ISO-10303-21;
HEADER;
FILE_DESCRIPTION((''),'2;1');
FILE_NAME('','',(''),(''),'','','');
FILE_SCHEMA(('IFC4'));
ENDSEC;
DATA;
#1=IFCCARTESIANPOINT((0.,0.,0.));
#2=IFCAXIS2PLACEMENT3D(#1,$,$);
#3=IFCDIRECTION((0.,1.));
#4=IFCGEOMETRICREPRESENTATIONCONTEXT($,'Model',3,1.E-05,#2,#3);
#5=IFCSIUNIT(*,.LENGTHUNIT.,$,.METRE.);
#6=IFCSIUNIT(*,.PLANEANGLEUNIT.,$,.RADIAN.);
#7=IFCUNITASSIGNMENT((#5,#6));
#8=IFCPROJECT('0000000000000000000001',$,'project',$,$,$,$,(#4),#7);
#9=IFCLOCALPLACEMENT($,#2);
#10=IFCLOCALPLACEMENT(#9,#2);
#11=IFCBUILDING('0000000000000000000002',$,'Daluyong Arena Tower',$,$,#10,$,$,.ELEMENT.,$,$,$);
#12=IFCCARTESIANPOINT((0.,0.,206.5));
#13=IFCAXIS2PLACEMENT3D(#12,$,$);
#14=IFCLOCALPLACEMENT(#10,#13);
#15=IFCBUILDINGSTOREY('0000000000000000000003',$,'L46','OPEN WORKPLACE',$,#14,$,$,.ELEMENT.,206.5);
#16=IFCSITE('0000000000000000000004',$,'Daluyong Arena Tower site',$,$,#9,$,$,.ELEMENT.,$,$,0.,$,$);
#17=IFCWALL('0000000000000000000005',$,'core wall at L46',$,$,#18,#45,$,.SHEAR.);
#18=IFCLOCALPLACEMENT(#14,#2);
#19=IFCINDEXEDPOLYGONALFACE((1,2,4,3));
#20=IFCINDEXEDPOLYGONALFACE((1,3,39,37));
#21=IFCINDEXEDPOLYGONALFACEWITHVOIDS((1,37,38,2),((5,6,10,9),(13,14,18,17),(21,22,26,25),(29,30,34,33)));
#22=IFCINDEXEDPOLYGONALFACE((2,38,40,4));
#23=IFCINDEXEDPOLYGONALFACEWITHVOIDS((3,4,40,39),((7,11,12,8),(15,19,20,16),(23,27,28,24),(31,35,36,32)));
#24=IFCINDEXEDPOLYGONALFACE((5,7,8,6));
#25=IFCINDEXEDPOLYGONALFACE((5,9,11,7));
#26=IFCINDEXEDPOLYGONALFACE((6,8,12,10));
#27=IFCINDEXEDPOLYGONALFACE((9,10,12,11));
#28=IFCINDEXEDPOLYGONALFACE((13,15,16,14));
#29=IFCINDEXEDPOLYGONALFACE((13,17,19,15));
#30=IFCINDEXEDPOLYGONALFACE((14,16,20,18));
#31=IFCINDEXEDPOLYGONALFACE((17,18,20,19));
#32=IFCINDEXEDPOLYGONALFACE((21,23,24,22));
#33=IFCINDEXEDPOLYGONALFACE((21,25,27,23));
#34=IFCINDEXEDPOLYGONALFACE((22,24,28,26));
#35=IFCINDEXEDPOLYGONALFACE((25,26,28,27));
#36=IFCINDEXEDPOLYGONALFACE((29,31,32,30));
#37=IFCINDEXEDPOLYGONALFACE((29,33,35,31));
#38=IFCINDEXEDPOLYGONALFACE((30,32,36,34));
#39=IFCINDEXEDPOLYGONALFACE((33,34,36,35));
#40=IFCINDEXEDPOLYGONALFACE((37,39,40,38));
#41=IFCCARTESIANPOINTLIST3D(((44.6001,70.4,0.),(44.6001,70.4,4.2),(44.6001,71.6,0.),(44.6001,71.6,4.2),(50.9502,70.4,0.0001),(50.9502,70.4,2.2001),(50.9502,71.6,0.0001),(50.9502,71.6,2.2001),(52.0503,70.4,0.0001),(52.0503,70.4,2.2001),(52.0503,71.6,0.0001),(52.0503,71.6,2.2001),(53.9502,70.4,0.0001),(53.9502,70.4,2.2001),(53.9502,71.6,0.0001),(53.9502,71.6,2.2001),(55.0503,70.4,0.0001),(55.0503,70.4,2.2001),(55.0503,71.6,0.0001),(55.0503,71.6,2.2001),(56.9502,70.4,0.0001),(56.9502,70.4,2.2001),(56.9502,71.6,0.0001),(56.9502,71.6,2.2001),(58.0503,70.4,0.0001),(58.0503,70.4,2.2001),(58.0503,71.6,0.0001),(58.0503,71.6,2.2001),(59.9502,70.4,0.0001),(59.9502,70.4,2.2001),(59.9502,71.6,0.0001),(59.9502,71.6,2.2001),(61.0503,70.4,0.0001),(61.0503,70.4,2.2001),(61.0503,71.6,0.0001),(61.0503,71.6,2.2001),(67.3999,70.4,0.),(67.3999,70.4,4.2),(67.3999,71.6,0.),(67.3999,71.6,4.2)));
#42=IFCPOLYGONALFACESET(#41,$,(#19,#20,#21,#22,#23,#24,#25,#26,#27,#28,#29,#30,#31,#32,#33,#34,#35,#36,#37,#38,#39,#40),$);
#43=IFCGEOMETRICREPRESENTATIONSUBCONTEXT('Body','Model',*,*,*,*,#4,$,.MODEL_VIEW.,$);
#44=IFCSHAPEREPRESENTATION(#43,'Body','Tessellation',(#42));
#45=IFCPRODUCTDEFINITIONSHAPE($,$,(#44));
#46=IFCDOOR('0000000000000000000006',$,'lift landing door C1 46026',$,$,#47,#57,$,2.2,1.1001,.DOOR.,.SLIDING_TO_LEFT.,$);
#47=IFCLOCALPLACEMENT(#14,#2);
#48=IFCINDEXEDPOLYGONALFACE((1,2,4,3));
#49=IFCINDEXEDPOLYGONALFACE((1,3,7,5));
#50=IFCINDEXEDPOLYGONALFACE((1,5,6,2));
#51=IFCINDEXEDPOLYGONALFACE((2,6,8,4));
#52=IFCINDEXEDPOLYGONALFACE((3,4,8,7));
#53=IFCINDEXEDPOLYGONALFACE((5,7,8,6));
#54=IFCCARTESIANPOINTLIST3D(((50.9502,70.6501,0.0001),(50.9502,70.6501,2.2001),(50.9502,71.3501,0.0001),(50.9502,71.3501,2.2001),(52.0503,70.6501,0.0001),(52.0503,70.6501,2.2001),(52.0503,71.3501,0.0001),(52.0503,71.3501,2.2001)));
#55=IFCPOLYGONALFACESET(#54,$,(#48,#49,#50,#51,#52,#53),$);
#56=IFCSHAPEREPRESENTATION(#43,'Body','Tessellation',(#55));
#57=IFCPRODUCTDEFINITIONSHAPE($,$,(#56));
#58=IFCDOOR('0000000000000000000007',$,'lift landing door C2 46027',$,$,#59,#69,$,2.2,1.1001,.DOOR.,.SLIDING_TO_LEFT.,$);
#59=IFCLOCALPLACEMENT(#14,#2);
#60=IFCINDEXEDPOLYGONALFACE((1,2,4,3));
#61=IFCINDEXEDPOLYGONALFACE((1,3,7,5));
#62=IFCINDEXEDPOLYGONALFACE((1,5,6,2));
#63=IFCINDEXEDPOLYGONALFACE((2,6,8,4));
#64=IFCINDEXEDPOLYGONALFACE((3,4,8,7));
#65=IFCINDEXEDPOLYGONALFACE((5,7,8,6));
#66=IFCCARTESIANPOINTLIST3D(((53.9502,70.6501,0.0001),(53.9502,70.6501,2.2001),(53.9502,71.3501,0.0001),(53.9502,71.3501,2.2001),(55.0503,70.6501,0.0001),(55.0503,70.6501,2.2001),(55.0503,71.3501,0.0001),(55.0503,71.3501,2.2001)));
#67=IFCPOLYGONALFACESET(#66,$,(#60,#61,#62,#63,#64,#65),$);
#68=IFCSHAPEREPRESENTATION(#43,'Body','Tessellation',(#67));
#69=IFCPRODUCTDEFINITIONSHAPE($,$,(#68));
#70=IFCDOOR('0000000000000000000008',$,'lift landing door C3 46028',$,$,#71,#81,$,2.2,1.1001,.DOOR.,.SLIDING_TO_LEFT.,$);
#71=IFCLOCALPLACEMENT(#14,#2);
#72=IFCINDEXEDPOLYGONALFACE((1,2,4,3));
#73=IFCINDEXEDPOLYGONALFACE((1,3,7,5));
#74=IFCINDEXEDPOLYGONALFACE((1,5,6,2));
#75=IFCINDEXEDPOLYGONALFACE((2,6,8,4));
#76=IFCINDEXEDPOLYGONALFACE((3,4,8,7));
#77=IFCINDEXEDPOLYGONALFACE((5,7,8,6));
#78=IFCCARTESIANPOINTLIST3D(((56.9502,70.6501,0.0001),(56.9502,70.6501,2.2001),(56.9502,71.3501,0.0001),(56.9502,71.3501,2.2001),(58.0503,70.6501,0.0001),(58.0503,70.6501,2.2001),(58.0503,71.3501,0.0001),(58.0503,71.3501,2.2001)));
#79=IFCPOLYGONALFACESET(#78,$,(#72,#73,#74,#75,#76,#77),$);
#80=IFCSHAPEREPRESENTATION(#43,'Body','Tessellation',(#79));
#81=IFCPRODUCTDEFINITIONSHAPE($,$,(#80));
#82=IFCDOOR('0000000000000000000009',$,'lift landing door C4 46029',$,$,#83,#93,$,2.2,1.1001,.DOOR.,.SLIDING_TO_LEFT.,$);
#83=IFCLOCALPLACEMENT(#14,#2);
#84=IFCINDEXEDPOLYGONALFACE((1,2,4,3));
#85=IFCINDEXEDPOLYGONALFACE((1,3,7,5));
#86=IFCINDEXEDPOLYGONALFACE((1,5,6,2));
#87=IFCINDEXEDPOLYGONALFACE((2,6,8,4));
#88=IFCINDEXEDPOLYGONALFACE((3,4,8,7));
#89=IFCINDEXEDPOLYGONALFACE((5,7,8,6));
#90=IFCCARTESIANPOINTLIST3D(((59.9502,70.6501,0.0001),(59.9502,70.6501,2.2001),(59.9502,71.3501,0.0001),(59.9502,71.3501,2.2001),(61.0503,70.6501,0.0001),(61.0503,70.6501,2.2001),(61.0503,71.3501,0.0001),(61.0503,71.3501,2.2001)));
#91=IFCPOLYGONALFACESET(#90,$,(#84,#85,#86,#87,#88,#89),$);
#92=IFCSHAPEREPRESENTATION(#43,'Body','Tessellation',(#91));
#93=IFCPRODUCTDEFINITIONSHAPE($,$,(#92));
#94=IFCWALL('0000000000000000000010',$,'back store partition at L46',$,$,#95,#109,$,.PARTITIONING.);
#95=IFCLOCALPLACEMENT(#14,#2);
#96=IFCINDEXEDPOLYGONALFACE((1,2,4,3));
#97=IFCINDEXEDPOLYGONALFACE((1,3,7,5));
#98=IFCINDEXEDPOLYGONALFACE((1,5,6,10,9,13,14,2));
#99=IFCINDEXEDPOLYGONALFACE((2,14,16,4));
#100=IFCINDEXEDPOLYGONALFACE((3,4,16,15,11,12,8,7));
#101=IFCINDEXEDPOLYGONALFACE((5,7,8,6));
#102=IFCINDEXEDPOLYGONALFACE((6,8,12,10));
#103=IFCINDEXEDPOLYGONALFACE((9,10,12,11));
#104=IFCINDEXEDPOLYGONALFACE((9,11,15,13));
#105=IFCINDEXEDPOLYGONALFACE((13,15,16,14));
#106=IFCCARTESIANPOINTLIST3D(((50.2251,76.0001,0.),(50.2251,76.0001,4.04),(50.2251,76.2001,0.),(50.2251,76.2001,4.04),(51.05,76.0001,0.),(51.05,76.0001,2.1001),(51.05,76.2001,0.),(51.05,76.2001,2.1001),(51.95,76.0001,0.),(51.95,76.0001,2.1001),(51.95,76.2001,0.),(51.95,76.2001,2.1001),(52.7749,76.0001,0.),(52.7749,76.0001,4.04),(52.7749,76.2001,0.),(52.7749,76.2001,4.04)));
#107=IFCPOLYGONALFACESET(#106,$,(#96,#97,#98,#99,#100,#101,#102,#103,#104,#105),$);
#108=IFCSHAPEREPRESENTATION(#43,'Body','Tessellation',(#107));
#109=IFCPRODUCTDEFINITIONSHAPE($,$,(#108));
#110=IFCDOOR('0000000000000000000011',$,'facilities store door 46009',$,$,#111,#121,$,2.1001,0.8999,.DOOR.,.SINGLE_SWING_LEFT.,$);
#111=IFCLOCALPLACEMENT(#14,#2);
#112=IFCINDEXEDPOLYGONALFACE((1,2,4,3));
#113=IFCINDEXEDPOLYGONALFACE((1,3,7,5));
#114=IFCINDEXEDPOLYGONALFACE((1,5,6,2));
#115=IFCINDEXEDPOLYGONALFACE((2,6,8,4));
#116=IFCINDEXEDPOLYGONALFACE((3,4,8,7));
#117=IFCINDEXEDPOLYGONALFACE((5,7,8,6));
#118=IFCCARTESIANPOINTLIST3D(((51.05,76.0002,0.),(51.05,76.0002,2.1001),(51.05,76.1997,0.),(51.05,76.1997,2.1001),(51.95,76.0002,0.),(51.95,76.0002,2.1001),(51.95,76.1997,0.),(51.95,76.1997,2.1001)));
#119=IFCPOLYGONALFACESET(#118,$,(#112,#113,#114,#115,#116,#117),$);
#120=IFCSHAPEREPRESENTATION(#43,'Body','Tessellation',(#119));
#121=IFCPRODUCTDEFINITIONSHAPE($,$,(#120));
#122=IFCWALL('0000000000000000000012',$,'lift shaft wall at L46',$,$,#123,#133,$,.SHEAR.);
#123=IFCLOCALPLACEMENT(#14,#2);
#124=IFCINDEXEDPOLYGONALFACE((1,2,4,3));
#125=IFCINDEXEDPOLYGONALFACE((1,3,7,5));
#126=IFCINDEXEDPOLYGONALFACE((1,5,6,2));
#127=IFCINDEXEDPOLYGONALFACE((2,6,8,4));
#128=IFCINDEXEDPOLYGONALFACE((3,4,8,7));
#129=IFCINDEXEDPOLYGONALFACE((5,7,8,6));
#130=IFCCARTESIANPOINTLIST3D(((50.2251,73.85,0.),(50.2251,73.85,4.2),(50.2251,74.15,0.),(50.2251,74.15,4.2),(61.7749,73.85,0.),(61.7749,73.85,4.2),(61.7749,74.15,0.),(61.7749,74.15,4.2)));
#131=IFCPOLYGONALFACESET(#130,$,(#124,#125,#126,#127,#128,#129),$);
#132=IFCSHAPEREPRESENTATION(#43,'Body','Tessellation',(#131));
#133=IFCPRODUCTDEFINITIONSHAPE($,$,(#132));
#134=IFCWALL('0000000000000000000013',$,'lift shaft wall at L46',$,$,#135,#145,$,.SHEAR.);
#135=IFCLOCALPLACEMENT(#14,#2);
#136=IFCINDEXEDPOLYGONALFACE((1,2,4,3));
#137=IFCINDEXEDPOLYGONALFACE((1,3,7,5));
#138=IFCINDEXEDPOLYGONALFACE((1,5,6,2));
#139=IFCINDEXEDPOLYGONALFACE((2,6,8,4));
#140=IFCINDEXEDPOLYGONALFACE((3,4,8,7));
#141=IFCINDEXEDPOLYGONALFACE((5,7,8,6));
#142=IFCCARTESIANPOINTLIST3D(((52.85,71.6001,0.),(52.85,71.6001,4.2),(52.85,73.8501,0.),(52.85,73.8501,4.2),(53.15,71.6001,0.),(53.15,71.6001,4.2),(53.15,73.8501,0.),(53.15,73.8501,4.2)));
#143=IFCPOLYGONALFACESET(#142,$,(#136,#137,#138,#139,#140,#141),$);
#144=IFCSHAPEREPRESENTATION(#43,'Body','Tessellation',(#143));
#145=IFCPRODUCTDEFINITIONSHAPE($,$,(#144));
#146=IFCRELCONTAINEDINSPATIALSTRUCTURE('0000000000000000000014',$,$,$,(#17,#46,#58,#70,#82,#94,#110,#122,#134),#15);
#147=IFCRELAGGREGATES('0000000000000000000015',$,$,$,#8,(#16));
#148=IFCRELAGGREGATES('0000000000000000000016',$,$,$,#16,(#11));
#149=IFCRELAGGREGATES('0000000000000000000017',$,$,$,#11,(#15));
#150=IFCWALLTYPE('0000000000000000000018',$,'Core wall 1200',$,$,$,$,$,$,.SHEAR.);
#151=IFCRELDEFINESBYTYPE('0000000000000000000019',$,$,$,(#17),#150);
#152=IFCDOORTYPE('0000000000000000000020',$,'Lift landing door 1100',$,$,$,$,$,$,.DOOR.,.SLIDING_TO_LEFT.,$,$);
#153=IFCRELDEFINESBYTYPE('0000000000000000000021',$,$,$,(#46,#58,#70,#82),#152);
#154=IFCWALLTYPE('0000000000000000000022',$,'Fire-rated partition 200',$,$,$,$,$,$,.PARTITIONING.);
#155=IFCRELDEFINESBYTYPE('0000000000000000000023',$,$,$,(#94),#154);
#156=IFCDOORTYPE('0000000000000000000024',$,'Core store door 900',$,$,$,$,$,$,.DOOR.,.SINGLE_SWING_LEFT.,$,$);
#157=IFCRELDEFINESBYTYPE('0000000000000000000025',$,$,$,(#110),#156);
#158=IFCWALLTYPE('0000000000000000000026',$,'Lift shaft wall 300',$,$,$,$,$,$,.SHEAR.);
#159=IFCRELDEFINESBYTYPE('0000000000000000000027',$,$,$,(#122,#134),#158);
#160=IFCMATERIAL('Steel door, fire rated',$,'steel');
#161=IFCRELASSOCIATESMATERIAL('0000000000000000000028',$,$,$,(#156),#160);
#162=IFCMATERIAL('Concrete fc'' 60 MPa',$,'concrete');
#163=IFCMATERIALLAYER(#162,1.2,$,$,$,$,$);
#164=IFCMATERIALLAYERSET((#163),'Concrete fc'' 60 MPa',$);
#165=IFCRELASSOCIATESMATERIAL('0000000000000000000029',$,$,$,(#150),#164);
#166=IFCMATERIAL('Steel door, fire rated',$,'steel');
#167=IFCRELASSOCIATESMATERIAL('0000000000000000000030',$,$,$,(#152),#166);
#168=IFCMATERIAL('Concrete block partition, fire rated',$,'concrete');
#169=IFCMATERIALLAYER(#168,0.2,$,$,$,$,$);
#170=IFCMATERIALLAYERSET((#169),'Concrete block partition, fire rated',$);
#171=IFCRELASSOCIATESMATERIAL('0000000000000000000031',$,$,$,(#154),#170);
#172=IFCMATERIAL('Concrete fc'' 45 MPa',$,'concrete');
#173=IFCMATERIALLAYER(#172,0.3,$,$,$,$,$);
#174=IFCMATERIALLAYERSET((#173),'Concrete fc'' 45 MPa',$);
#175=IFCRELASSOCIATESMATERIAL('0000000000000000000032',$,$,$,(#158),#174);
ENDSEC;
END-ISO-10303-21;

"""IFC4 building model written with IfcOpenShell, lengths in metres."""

from ifc_helpers import new_model, si_unit, direction, frame, frame_2d, origin, place, context, subcontext, project, spatial, rectangle, extrude, material, layer, layer_set, type_object, element, fill, save


model = new_model("IFC4")

# Units and contexts
model_context = context("Model", 3, precision=1e-05, world=origin(), true_north=direction((0.0, 1.0)))
body_context = subcontext(model_context, "Body", "Model", "MODEL_VIEW")
ifc_project = project(units=[si_unit("LENGTHUNIT", "METRE"), si_unit("PLANEANGLEUNIT", "RADIAN")], contexts=[model_context])

# Site, building, storey
site_placement = place(None, origin())
site = spatial("IfcSite", under=ifc_project, at=site_placement, Name="Daluyong Arena Tower site", CompositionType="ELEMENT", RefElevation=0.0)
building_placement = place(site_placement, origin())
building = spatial("IfcBuilding", under=site, at=building_placement, Name="Daluyong Arena Tower", CompositionType="ELEMENT")
storey_placement = place(building_placement, frame((0.0, 0.0, 206.5)))
storey = spatial("IfcBuildingStorey", under=building, at=storey_placement, Name="L46", Description="OPEN WORKPLACE", CompositionType="ELEMENT", Elevation=206.5)

# Wall, openings, doors
ifc_material_1 = material(Name="Steel door, fire rated", Category="steel")
door_type_1 = type_object("IfcDoorType", Name="Core store door 900", OperationType="SINGLE_SWING_LEFT", PredefinedType="DOOR", material=ifc_material_1)
ifc_material_2 = material(Name="Concrete fc' 60 MPa", Category="concrete")
ifc_layer_1 = layer(ifc_material_2, 1.2)
ifc_layer_set_1 = layer_set([ifc_layer_1], Name="Concrete fc' 60 MPa")
wall_type_1 = type_object("IfcWallType", Name="Core wall 1200", PredefinedType="SHEAR", material=ifc_layer_set_1)
wall_1_placement = place(storey_placement, frame((44.6001, 71.0, 0.0), z_axis=(0.0, 0.0, 1.0), x_axis=(1.0, 0.0, 0.0)))
wall_1 = element("IfcWall", 1, at=wall_1_placement, inside=storey, type_object=wall_type_1, Name="core wall at L46", PredefinedType="SHEAR", context=body_context, shape_type="SweptSolid", body=[
    extrude(rectangle(XDim=22.7998, YDim=1.2, at=frame_2d((11.3999, 0.0))), origin(), (0.0, 0.0, 1.0), 4.2),
])
opening_1_placement = place(wall_1_placement, frame((6.3501, 0.0, 0.0)))
opening_1 = element("IfcOpeningElement", 2, at=opening_1_placement, cuts=wall_1, PredefinedType="OPENING", context=body_context, shape_type="SweptSolid", body=[
    extrude(rectangle(XDim=1.1001, YDim=2.2, at=frame_2d((0.55, 1.1001))), frame((0.0, 0.6099, 0.0), z_axis=(0.0, -1.0, 0.0), x_axis=(1.0, 0.0, 0.0)), (0.0, 0.0, 1.0), 1.22),
])
opening_2_placement = place(wall_1_placement, frame((9.3501, 0.0, 0.0)))
opening_2 = element("IfcOpeningElement", 3, at=opening_2_placement, cuts=wall_1, PredefinedType="OPENING", context=body_context, shape_type="SweptSolid", body=[
    extrude(rectangle(XDim=1.1001, YDim=2.2, at=frame_2d((0.55, 1.1001))), frame((0.0, 0.6099, 0.0), z_axis=(0.0, -1.0, 0.0), x_axis=(1.0, 0.0, 0.0)), (0.0, 0.0, 1.0), 1.22),
])
opening_3_placement = place(wall_1_placement, frame((12.3501, 0.0, 0.0)))
opening_3 = element("IfcOpeningElement", 4, at=opening_3_placement, cuts=wall_1, PredefinedType="OPENING", context=body_context, shape_type="SweptSolid", body=[
    extrude(rectangle(XDim=1.1001, YDim=2.2, at=frame_2d((0.55, 1.1001))), frame((0.0, 0.6099, 0.0), z_axis=(0.0, -1.0, 0.0), x_axis=(1.0, 0.0, 0.0)), (0.0, 0.0, 1.0), 1.22),
])
opening_4_placement = place(wall_1_placement, frame((15.3501, 0.0, 0.0)))
opening_4 = element("IfcOpeningElement", 5, at=opening_4_placement, cuts=wall_1, PredefinedType="OPENING", context=body_context, shape_type="SweptSolid", body=[
    extrude(rectangle(XDim=1.1001, YDim=2.2, at=frame_2d((0.55, 1.1001))), frame((0.0, 0.6099, 0.0), z_axis=(0.0, -1.0, 0.0), x_axis=(1.0, 0.0, 0.0)), (0.0, 0.0, 1.0), 1.22),
])
ifc_material_3 = material(Name="Steel door, fire rated", Category="steel")
door_type_2 = type_object("IfcDoorType", Name="Lift landing door 1100", OperationType="SLIDING_TO_LEFT", PredefinedType="DOOR", material=ifc_material_3)
door_1_placement = place(opening_1_placement, origin())
door_1 = element("IfcDoor", 6, at=door_1_placement, inside=storey, type_object=door_type_2, Name="lift landing door C1 46026", OperationType="SLIDING_TO_LEFT", OverallHeight=2.2, OverallWidth=1.1001, PredefinedType="DOOR", context=body_context, shape_type="SweptSolid", body=[
    extrude(rectangle(XDim=1.1001, YDim=2.2, at=frame_2d((0.55, 1.1001))), frame((0.0, 0.3501, 0.0), z_axis=(0.0, -1.0, 0.0), x_axis=(1.0, 0.0, 0.0)), (0.0, 0.0, 1.0), 0.7),
])
fill(opening_1, door_1)
door_2_placement = place(opening_2_placement, origin())
door_2 = element("IfcDoor", 7, at=door_2_placement, inside=storey, type_object=door_type_2, Name="lift landing door C2 46027", OperationType="SLIDING_TO_LEFT", OverallHeight=2.2, OverallWidth=1.1001, PredefinedType="DOOR", context=body_context, shape_type="SweptSolid", body=[
    extrude(rectangle(XDim=1.1001, YDim=2.2, at=frame_2d((0.55, 1.1001))), frame((0.0, 0.3501, 0.0), z_axis=(0.0, -1.0, 0.0), x_axis=(1.0, 0.0, 0.0)), (0.0, 0.0, 1.0), 0.7),
])
fill(opening_2, door_2)
door_3_placement = place(opening_3_placement, origin())
door_3 = element("IfcDoor", 8, at=door_3_placement, inside=storey, type_object=door_type_2, Name="lift landing door C3 46028", OperationType="SLIDING_TO_LEFT", OverallHeight=2.2, OverallWidth=1.1001, PredefinedType="DOOR", context=body_context, shape_type="SweptSolid", body=[
    extrude(rectangle(XDim=1.1001, YDim=2.2, at=frame_2d((0.55, 1.1001))), frame((0.0, 0.3501, 0.0), z_axis=(0.0, -1.0, 0.0), x_axis=(1.0, 0.0, 0.0)), (0.0, 0.0, 1.0), 0.7),
])
fill(opening_3, door_3)
door_4_placement = place(opening_4_placement, origin())
door_4 = element("IfcDoor", 9, at=door_4_placement, inside=storey, type_object=door_type_2, Name="lift landing door C4 46029", OperationType="SLIDING_TO_LEFT", OverallHeight=2.2, OverallWidth=1.1001, PredefinedType="DOOR", context=body_context, shape_type="SweptSolid", body=[
    extrude(rectangle(XDim=1.1001, YDim=2.2, at=frame_2d((0.55, 1.1001))), frame((0.0, 0.3501, 0.0), z_axis=(0.0, -1.0, 0.0), x_axis=(1.0, 0.0, 0.0)), (0.0, 0.0, 1.0), 0.7),
])
fill(opening_4, door_4)

# Wall, opening, door
ifc_material_4 = material(Name="Concrete block partition, fire rated", Category="concrete")
ifc_layer_2 = layer(ifc_material_4, 0.2)
ifc_layer_set_2 = layer_set([ifc_layer_2], Name="Concrete block partition, fire rated")
wall_type_2 = type_object("IfcWallType", Name="Fire-rated partition 200", PredefinedType="PARTITIONING", material=ifc_layer_set_2)
wall_2_placement = place(storey_placement, frame((50.2251, 76.1001, 0.0), z_axis=(0.0, 0.0, 1.0), x_axis=(1.0, 0.0, 0.0)))
wall_2 = element("IfcWall", 10, at=wall_2_placement, inside=storey, type_object=wall_type_2, Name="back store partition at L46", PredefinedType="PARTITIONING", context=body_context, shape_type="SweptSolid", body=[
    extrude(rectangle(XDim=2.5498, YDim=0.2, at=frame_2d((1.2749, 0.0))), origin(), (0.0, 0.0, 1.0), 4.04),
])
opening_5_placement = place(wall_2_placement, frame((0.825, 0.0, 0.0)))
opening_5 = element("IfcOpeningElement", 11, at=opening_5_placement, cuts=wall_2, PredefinedType="OPENING", context=body_context, shape_type="SweptSolid", body=[
    extrude(rectangle(XDim=0.8999, YDim=2.1001, at=frame_2d((0.45, 1.05))), frame((0.0, 0.1099, 0.0), z_axis=(0.0, -1.0, 0.0), x_axis=(1.0, 0.0, 0.0)), (0.0, 0.0, 1.0), 0.22),
])
door_5_placement = place(opening_5_placement, origin())
door_5 = element("IfcDoor", 12, at=door_5_placement, inside=storey, type_object=door_type_1, Name="facilities store door 46009", OperationType="SINGLE_SWING_LEFT", OverallHeight=2.1001, OverallWidth=0.8999, PredefinedType="DOOR", context=body_context, shape_type="SweptSolid", body=[
    extrude(rectangle(XDim=0.8999, YDim=2.1001, at=frame_2d((0.45, 1.05))), frame((0.0, 0.0996, 0.0), z_axis=(0.0, -1.0, 0.0), x_axis=(1.0, 0.0, 0.0)), (0.0, 0.0, 1.0), 0.1995),
])
fill(opening_5, door_5)

# Walls
ifc_material_5 = material(Name="Concrete fc' 45 MPa", Category="concrete")
ifc_layer_3 = layer(ifc_material_5, 0.3)
ifc_layer_set_3 = layer_set([ifc_layer_3], Name="Concrete fc' 45 MPa")
wall_type_3 = type_object("IfcWallType", Name="Lift shaft wall 300", PredefinedType="SHEAR", material=ifc_layer_set_3)
wall_3_placement = place(storey_placement, frame((50.2251, 74.0, 0.0), z_axis=(0.0, 0.0, 1.0), x_axis=(1.0, 0.0, 0.0)))
element("IfcWall", 13, at=wall_3_placement, inside=storey, type_object=wall_type_3, Name="lift shaft wall at L46", PredefinedType="SHEAR", context=body_context, shape_type="SweptSolid", body=[
    extrude(rectangle(XDim=11.5498, YDim=0.3, at=frame_2d((5.7749, 0.0))), origin(), (0.0, 0.0, 1.0), 4.2),
])
wall_4_placement = place(storey_placement, frame((53.0, 71.6001, 0.0), z_axis=(0.0, 0.0, 1.0), x_axis=(0.0, 1.0, 0.0)))
element("IfcWall", 14, at=wall_4_placement, inside=storey, type_object=wall_type_3, Name="lift shaft wall at L46", PredefinedType="SHEAR", context=body_context, shape_type="SweptSolid", body=[
    extrude(rectangle(XDim=2.25, YDim=0.3, at=frame_2d((1.125, 0.0))), origin(), (0.0, 0.0, 1.0), 4.2),
])

save(model, "model.ifc")
